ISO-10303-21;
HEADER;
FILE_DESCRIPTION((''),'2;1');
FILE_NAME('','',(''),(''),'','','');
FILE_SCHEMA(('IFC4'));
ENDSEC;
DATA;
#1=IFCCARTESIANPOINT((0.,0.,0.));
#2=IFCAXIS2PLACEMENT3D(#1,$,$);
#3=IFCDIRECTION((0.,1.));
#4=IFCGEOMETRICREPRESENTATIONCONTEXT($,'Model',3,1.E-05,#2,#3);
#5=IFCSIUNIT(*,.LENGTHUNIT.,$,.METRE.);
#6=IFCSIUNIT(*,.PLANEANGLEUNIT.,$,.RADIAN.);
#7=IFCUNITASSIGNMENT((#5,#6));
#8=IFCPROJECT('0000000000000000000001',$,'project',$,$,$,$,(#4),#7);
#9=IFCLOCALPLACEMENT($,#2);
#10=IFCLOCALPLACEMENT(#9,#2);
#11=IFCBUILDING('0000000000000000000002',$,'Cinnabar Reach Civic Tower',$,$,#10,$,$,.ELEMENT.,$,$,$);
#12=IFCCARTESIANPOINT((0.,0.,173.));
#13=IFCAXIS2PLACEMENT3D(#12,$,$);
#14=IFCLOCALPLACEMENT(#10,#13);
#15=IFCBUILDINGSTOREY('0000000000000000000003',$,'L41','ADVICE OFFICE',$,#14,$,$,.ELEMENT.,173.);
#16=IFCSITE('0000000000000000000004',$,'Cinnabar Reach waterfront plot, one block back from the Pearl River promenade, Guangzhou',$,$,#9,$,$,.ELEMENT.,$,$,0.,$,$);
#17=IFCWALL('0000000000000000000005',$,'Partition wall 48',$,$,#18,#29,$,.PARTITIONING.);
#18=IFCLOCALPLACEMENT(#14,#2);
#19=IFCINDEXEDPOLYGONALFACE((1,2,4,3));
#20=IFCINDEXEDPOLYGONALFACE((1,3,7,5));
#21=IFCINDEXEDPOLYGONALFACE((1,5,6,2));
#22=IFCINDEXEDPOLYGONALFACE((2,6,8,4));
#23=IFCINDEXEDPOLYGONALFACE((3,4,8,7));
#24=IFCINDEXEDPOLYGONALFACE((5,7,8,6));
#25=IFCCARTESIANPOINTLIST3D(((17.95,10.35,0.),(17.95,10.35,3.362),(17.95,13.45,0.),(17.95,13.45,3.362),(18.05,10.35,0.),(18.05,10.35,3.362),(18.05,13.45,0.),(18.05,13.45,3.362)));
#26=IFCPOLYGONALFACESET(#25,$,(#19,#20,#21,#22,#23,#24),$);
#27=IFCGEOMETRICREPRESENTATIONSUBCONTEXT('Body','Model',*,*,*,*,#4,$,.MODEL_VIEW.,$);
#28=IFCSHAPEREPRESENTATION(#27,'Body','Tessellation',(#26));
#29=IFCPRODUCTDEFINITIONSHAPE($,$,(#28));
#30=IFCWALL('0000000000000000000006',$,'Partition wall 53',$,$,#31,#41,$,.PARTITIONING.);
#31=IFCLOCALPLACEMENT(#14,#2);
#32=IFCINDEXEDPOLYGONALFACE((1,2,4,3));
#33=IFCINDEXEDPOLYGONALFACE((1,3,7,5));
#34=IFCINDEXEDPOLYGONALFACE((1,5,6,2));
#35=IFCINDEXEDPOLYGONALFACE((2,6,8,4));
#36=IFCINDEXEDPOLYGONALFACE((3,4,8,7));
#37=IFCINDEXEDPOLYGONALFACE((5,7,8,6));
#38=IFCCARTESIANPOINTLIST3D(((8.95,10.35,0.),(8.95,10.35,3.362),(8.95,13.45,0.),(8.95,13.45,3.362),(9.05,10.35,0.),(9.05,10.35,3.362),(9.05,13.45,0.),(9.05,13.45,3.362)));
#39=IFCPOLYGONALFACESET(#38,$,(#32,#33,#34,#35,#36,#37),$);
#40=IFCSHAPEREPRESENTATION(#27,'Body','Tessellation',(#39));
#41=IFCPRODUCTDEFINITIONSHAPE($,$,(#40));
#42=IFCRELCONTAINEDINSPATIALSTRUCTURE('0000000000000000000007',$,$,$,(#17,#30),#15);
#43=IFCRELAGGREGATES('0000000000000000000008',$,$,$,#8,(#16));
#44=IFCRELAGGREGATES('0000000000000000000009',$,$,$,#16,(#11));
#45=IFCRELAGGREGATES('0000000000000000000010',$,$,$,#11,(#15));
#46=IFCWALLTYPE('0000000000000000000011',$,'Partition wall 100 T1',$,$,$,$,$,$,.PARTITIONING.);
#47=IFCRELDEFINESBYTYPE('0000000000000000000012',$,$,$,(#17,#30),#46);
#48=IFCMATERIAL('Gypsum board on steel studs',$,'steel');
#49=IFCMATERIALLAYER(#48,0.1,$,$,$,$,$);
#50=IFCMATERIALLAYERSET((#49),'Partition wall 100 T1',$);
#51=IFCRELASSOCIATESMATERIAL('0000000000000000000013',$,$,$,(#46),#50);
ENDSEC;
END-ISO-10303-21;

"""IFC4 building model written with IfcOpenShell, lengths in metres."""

from ifc_helpers import new_model, si_unit, direction, frame, frame_2d, origin, place, context, subcontext, project, spatial, rectangle, extrude, material, layer, layer_set, type_object, element, save


model = new_model("IFC4")

# Units and contexts
model_context = context("Model", 3, precision=1e-05, world=origin(), true_north=direction((0.0, 1.0)))
body_context = subcontext(model_context, "Body", "Model", "MODEL_VIEW")
ifc_project = project(units=[si_unit("LENGTHUNIT", "METRE"), si_unit("PLANEANGLEUNIT", "RADIAN")], contexts=[model_context])

# Site, building, storey
site_placement = place(None, origin())
site = spatial("IfcSite", under=ifc_project, at=site_placement, Name="Cinnabar Reach waterfront plot, one block back from the Pearl River promenade, Guangzhou", CompositionType="ELEMENT", RefElevation=0.0)
building_placement = place(site_placement, origin())
building = spatial("IfcBuilding", under=site, at=building_placement, Name="Cinnabar Reach Civic Tower", CompositionType="ELEMENT")
storey_placement = place(building_placement, frame((0.0, 0.0, 173.0)))
storey = spatial("IfcBuildingStorey", under=building, at=storey_placement, Name="L41", Description="ADVICE OFFICE", CompositionType="ELEMENT", Elevation=173.0)

# Walls
ifc_material_1 = material(Name="Gypsum board on steel studs", Category="steel")
ifc_layer_1 = layer(ifc_material_1, 0.1)
ifc_layer_set_1 = layer_set([ifc_layer_1], Name="Partition wall 100 T1")
wall_type_1 = type_object("IfcWallType", Name="Partition wall 100 T1", PredefinedType="PARTITIONING", material=ifc_layer_set_1)
for number, where, z_axis, x_axis, name in (
    (1, (18.0, 10.35, 0.0), (0.0, 0.0, 1.0), (0.0, 1.0, 0.0), "Partition wall 48"),
    (2, (9.0, 10.35, 0.0), (0.0, 0.0, 1.0), (0.0, 1.0, 0.0), "Partition wall 53"),
):
    element("IfcWall", number, at=place(storey_placement, frame(where, z_axis=z_axis, x_axis=x_axis)), inside=storey, type_object=wall_type_1, Name=name, PredefinedType="PARTITIONING", context=body_context, shape_type="SweptSolid", body=[
        extrude(rectangle(XDim=3.1, YDim=0.1, at=frame_2d((1.55, 0.0))), origin(), (0.0, 0.0, 1.0), 3.362),
    ])

save(model, "model.ifc")
